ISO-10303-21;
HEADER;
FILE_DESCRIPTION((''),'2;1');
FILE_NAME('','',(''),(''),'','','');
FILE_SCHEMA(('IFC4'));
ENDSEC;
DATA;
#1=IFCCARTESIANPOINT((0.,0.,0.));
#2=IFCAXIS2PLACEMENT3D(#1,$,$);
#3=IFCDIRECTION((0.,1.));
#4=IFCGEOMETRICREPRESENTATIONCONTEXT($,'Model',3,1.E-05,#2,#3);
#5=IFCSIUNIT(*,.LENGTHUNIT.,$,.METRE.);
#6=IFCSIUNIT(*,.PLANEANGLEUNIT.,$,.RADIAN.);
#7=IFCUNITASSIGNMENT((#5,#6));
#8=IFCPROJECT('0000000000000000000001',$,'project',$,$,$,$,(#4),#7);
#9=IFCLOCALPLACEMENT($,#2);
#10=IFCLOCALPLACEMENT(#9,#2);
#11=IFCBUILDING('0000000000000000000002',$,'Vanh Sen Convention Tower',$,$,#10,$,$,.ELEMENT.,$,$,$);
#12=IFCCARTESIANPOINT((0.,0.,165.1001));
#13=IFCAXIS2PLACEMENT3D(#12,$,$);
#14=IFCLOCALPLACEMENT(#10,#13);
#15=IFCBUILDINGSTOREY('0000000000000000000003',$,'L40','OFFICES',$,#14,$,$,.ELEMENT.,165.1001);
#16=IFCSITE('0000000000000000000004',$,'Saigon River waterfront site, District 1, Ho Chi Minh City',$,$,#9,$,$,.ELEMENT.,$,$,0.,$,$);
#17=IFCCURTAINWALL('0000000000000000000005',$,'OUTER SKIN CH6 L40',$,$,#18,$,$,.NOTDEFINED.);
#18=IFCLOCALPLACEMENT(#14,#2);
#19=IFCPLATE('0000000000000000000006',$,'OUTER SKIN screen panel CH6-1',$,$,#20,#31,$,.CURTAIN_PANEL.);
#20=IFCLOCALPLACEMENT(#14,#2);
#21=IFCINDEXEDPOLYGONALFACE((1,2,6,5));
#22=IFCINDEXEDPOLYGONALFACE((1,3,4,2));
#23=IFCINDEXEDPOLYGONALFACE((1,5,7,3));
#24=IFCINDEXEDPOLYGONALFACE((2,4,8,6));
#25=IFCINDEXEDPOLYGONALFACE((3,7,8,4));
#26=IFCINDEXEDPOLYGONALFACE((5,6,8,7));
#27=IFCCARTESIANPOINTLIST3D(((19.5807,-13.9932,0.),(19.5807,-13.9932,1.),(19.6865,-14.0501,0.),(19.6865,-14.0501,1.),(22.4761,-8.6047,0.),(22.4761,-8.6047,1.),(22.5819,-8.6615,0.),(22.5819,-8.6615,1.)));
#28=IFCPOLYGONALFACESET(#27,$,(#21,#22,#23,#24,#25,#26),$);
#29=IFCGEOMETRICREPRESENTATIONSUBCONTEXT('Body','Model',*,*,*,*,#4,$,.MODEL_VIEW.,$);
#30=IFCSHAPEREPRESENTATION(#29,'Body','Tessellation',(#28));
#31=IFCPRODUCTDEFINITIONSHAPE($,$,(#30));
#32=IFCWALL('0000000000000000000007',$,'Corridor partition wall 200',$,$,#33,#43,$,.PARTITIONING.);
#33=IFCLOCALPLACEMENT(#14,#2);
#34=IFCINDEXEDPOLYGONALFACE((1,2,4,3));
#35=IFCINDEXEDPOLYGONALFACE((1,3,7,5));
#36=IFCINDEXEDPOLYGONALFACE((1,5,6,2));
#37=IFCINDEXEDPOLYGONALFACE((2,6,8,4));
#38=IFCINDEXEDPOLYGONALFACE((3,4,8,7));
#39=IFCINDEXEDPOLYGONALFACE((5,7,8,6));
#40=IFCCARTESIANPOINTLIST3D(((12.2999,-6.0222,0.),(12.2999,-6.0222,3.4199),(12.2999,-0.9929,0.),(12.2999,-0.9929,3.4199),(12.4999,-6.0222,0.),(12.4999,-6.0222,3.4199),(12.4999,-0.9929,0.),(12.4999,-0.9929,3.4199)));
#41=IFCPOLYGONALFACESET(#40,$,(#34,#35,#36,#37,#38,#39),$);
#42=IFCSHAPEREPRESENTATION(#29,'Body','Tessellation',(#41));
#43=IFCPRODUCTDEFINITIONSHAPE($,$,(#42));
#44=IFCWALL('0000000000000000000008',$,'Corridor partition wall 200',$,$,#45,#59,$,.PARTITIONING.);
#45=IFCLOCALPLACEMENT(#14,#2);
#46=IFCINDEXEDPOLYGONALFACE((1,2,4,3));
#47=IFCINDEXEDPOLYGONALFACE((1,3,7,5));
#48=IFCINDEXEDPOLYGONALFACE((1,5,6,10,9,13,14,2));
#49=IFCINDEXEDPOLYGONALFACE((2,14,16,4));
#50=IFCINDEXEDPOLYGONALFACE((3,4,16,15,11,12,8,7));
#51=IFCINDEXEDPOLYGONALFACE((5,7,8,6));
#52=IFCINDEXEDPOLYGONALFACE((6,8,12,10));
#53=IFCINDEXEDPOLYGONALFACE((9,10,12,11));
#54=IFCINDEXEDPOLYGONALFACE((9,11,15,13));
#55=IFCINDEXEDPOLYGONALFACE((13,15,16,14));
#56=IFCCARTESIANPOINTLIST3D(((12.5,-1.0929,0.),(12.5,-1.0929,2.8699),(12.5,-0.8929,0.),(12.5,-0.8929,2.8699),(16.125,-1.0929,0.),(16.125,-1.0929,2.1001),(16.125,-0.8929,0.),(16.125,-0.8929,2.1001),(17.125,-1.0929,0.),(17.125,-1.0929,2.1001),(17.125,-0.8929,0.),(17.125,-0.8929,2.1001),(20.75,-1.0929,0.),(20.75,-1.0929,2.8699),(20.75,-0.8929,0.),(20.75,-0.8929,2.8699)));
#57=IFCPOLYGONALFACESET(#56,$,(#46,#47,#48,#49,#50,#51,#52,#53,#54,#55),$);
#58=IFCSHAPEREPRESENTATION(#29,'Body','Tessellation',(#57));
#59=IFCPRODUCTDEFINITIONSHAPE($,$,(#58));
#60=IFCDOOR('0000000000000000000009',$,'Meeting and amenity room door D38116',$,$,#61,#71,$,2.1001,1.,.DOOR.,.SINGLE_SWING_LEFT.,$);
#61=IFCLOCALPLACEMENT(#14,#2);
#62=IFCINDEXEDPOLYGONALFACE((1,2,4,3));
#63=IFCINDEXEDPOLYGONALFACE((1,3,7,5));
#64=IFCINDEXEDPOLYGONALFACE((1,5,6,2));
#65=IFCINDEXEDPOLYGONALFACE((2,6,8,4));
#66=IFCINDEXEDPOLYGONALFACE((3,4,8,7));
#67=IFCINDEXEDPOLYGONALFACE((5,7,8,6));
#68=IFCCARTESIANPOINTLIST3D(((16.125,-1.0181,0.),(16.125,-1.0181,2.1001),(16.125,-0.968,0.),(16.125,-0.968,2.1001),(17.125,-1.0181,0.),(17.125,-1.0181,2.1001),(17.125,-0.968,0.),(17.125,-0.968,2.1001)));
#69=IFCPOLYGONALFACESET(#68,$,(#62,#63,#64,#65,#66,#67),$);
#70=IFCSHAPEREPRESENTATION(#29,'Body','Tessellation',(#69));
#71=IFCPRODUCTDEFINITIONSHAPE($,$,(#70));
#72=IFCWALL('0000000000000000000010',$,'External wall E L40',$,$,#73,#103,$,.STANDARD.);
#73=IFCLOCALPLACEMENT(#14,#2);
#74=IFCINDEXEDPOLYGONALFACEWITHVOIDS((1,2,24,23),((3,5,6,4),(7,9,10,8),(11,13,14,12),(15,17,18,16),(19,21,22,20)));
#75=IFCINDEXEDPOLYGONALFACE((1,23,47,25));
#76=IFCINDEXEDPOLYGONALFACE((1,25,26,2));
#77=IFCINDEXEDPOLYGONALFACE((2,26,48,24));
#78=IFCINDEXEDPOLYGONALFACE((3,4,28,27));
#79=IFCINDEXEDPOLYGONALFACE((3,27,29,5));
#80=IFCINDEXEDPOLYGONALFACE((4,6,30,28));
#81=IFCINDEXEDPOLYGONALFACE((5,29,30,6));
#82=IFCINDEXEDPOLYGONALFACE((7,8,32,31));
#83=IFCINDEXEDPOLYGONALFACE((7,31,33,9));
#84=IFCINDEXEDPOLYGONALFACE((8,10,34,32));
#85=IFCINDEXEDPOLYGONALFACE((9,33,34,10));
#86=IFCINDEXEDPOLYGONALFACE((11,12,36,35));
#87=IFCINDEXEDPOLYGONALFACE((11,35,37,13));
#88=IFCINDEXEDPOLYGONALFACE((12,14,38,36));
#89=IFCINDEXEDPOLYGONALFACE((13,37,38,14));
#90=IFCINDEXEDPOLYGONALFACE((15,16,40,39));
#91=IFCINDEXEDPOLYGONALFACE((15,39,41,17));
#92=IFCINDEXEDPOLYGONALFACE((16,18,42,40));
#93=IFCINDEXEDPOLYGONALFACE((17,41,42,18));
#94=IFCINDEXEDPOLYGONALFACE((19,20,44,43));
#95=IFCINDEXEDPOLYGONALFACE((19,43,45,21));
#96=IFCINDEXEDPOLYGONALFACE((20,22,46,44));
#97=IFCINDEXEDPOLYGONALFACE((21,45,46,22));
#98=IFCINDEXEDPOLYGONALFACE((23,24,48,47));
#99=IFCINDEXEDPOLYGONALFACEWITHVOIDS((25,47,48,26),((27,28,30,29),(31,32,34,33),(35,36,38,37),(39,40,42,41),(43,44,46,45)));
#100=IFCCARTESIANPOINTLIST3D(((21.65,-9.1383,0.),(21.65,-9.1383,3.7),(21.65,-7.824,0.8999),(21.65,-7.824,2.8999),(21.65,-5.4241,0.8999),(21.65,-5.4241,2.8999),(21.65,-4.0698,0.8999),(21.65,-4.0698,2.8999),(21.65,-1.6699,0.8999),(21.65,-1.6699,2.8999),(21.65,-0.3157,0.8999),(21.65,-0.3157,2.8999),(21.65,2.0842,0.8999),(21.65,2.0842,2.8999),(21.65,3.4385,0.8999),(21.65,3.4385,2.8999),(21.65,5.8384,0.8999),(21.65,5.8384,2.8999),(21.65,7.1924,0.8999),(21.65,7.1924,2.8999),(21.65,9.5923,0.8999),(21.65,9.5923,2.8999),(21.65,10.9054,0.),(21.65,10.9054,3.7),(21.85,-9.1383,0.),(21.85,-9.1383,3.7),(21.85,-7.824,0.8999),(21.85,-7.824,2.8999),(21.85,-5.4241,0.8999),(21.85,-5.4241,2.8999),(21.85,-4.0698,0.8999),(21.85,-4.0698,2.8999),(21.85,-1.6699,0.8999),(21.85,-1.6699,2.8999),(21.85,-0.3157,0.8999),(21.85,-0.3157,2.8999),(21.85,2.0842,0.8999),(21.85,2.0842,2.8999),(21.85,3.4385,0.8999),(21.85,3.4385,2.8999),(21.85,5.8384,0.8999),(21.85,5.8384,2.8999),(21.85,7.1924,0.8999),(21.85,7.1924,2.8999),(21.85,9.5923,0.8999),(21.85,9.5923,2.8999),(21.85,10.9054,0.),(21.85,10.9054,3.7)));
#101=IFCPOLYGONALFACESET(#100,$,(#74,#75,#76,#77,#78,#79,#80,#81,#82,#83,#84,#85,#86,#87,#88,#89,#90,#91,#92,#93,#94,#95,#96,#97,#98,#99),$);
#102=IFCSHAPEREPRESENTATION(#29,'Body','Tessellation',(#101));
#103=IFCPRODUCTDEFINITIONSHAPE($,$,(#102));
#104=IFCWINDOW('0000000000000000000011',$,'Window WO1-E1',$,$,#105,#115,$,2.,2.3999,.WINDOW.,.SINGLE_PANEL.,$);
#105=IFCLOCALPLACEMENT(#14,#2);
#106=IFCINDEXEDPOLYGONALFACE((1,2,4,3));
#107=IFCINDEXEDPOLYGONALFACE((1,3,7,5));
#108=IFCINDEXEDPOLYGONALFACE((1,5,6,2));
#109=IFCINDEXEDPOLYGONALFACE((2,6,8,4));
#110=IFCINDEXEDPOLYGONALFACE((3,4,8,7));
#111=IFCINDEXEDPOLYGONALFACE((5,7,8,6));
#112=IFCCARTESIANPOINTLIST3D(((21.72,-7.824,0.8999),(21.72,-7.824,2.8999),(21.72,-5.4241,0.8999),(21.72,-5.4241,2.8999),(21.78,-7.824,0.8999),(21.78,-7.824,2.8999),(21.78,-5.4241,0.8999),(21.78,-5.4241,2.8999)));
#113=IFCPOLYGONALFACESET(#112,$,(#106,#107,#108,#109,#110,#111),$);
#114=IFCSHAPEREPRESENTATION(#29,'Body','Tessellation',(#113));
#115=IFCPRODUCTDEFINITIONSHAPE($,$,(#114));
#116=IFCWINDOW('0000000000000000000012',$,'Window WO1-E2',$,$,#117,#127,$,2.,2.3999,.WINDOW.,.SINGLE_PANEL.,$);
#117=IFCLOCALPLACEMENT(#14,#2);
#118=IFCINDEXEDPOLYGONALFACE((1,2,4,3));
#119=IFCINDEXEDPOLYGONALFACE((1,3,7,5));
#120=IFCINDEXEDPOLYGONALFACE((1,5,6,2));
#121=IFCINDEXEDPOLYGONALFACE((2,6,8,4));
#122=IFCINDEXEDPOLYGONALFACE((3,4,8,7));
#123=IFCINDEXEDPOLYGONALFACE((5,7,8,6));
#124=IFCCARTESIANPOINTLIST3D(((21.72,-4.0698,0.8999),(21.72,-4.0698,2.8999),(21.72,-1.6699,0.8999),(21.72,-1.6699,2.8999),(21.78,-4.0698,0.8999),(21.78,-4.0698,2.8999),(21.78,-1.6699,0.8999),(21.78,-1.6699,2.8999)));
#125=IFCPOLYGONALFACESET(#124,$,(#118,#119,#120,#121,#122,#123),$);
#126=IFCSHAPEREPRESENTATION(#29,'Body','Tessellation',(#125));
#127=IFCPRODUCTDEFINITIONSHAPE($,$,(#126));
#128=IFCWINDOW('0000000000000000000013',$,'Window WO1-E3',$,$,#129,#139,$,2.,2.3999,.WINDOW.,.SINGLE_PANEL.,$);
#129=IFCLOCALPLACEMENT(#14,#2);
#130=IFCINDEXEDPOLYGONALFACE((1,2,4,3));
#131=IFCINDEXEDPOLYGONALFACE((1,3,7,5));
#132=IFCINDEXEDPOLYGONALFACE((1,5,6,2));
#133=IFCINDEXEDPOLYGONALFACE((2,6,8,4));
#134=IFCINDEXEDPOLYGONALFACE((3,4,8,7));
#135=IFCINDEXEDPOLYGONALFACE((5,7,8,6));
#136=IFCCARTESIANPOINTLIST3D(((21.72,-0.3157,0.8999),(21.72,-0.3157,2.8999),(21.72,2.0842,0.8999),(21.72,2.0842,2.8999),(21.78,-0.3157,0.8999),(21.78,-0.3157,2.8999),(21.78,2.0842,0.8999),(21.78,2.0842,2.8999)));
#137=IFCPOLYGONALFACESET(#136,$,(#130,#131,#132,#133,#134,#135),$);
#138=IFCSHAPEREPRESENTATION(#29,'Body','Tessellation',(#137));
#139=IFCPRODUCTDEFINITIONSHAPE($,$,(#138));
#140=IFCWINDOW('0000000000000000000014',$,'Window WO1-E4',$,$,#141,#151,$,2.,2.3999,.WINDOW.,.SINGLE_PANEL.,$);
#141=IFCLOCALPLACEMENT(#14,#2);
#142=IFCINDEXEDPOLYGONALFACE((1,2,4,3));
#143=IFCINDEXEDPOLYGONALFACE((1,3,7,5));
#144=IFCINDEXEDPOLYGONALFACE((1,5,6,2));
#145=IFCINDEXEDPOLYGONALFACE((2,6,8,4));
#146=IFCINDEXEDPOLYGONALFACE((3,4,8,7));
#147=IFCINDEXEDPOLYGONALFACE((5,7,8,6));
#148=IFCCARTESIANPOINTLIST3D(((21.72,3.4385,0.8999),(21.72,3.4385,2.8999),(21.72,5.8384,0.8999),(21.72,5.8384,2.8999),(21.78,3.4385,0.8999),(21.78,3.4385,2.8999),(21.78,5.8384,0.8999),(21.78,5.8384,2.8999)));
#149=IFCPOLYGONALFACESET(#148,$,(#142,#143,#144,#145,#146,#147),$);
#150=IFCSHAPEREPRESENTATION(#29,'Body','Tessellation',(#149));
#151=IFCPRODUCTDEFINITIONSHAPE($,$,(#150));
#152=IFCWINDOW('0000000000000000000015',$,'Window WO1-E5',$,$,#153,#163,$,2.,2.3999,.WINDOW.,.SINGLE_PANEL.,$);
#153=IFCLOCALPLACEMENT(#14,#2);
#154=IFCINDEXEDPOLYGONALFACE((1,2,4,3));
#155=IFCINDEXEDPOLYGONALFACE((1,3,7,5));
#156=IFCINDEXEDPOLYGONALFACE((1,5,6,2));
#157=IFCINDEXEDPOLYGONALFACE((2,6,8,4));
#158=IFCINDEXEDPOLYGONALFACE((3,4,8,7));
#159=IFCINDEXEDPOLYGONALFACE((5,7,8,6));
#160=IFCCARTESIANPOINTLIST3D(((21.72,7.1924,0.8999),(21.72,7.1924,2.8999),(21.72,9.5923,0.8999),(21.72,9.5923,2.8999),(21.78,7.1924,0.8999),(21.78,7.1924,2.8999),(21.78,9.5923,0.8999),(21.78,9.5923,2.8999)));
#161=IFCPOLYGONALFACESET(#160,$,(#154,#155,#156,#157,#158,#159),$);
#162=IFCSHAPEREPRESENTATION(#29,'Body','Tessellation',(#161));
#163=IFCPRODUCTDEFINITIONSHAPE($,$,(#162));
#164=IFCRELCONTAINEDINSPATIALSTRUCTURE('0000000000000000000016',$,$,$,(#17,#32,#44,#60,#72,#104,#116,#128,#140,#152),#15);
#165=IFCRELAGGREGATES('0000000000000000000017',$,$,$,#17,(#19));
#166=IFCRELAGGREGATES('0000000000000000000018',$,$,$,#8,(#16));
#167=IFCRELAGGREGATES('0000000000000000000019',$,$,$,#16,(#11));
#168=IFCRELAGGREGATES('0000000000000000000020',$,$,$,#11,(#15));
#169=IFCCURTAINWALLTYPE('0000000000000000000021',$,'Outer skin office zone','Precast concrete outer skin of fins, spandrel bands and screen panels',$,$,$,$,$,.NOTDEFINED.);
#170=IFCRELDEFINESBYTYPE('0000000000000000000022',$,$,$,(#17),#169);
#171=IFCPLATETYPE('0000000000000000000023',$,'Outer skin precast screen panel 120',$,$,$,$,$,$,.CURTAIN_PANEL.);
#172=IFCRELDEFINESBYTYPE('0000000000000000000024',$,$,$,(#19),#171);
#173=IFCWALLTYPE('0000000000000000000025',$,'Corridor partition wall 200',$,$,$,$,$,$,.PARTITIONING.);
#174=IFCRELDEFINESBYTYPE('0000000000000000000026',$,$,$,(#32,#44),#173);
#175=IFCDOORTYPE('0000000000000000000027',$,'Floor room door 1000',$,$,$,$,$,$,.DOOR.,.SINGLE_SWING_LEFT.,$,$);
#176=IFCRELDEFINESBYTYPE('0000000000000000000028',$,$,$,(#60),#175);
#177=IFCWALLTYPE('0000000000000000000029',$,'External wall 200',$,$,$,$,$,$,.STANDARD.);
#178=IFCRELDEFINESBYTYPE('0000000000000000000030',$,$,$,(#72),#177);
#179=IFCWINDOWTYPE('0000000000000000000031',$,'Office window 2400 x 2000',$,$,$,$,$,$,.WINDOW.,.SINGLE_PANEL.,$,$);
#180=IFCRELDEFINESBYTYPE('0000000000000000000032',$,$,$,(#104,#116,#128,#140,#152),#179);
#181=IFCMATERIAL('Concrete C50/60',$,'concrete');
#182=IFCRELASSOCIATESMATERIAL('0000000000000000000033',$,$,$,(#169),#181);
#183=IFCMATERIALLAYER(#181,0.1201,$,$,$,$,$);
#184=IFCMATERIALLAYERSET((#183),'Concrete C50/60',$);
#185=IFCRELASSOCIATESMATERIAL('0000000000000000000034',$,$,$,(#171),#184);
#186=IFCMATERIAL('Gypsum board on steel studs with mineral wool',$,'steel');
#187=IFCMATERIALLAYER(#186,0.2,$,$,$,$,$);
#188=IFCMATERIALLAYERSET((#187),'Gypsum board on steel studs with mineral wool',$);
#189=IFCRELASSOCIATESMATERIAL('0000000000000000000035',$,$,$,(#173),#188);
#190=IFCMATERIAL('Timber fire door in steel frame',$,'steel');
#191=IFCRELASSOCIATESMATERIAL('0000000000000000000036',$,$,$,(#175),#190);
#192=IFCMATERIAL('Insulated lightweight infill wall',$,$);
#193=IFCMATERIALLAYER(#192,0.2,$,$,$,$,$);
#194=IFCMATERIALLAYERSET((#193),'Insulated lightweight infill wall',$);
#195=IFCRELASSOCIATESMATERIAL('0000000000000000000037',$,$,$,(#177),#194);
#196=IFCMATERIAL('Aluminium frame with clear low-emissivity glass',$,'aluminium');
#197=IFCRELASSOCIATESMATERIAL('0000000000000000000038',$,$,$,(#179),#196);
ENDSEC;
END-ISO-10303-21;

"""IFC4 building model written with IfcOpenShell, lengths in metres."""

from ifc_helpers import new_model, si_unit, direction, frame, frame_2d, origin, origin_2d, place, context, subcontext, project, spatial, rectangle, extrude, material, layer, layer_set, type_object, element, fill, aggregate, save


model = new_model("IFC4")

# Units and contexts
model_context = context("Model", 3, precision=1e-05, world=origin(), true_north=direction((0.0, 1.0)))
body_context = subcontext(model_context, "Body", "Model", "MODEL_VIEW")
ifc_project = project(units=[si_unit("LENGTHUNIT", "METRE"), si_unit("PLANEANGLEUNIT", "RADIAN")], contexts=[model_context])

# Site, building, storey
site_placement = place(None, origin())
site = spatial("IfcSite", under=ifc_project, at=site_placement, Name="Saigon River waterfront site, District 1, Ho Chi Minh City", CompositionType="ELEMENT", RefElevation=0.0)
building_placement = place(site_placement, origin())
building = spatial("IfcBuilding", under=site, at=building_placement, Name="Vanh Sen Convention Tower", CompositionType="ELEMENT")
storey_placement = place(building_placement, frame((0.0, 0.0, 165.1001)))
storey = spatial("IfcBuildingStorey", under=building, at=storey_placement, Name="L40", Description="OFFICES", CompositionType="ELEMENT", Elevation=165.1001)

# Shared definitions
ifc_material_1 = material(Name="Concrete C50/60", Category="concrete")
curtain_wall_type = type_object("IfcCurtainWallType", Name="Outer skin office zone", Description="Precast concrete outer skin of fins, spandrel bands and screen panels", PredefinedType="NOTDEFINED", material=ifc_material_1)

# Shared definitions
ifc_layer_1 = layer(ifc_material_1, 0.1201)
ifc_layer_set_1 = layer_set([ifc_layer_1], Name="Concrete C50/60")
plate_type = type_object("IfcPlateType", Name="Outer skin precast screen panel 120", PredefinedType="CURTAIN_PANEL", material=ifc_layer_set_1)

# Curtain wall, plate
curtain_wall_1_placement = place(storey_placement, origin())
curtain_wall_1 = element("IfcCurtainWall", 1, at=curtain_wall_1_placement, inside=storey, type_object=curtain_wall_type, Name="OUTER SKIN CH6 L40", PredefinedType="NOTDEFINED")
plate_1_placement = place(storey_placement, frame((21.0813, -11.3274, 0.0), z_axis=(0.0, 0.0, 1.0), x_axis=(0.473321, 0.88089, 0.0)))
plate_1 = element("IfcPlate", 2, at=plate_1_placement, type_object=plate_type, Name="OUTER SKIN screen panel CH6-1", PredefinedType="CURTAIN_PANEL", context=body_context, shape_type="SweptSolid", body=[
    extrude(rectangle(XDim=6.1172, YDim=0.1201, at=origin_2d()), origin(), (0.0, 0.0, 1.0), 1.0),
])
aggregate(curtain_wall_1, [plate_1])

# Wall
ifc_material_2 = material(Name="Gypsum board on steel studs with mineral wool", Category="steel")
ifc_layer_2 = layer(ifc_material_2, 0.2)
ifc_layer_set_2 = layer_set([ifc_layer_2], Name="Gypsum board on steel studs with mineral wool")
wall_type_1 = type_object("IfcWallType", Name="Corridor partition wall 200", PredefinedType="PARTITIONING", material=ifc_layer_set_2)
wall_1_placement = place(storey_placement, frame((12.3999, -6.0222, 0.0), z_axis=(0.0, 0.0, 1.0), x_axis=(0.0, 1.0, 0.0)))
element("IfcWall", 3, at=wall_1_placement, inside=storey, type_object=wall_type_1, Name="Corridor partition wall 200", PredefinedType="PARTITIONING", context=body_context, shape_type="SweptSolid", body=[
    extrude(rectangle(XDim=5.0293, YDim=0.2, at=frame_2d((2.5146, 0.0))), origin(), (0.0, 0.0, 1.0), 3.4199),
])

# Wall, opening, door
wall_2_placement = place(storey_placement, frame((12.5, -0.9929, 0.0), z_axis=(0.0, 0.0, 1.0), x_axis=(1.0, 0.0, 0.0)))
wall_2 = element("IfcWall", 4, at=wall_2_placement, inside=storey, type_object=wall_type_1, Name="Corridor partition wall 200", PredefinedType="PARTITIONING", context=body_context, shape_type="SweptSolid", body=[
    extrude(rectangle(XDim=8.25, YDim=0.2, at=frame_2d((4.125, 0.0))), origin(), (0.0, 0.0, 1.0), 2.8699),
])
opening_1_placement = place(wall_2_placement, frame((3.625, 0.0, 0.0)))
opening_1 = element("IfcOpeningElement", 5, at=opening_1_placement, cuts=wall_2, PredefinedType="OPENING", context=body_context, shape_type="SweptSolid", body=[
    extrude(rectangle(XDim=1.0, YDim=2.1001, at=frame_2d((0.5, 1.05))), frame((0.0, 0.1099, 0.0), z_axis=(0.0, -1.0, 0.0), x_axis=(1.0, 0.0, 0.0)), (0.0, 0.0, 1.0), 0.22),
])
ifc_material_3 = material(Name="Timber fire door in steel frame", Category="steel")
door_type = type_object("IfcDoorType", Name="Floor room door 1000", OperationType="SINGLE_SWING_LEFT", PredefinedType="DOOR", material=ifc_material_3)
door_placement = place(opening_1_placement, origin())
door = element("IfcDoor", 6, at=door_placement, inside=storey, type_object=door_type, Name="Meeting and amenity room door D38116", OperationType="SINGLE_SWING_LEFT", OverallHeight=2.1001, OverallWidth=1.0, PredefinedType="DOOR", context=body_context, shape_type="SweptSolid", body=[
    extrude(rectangle(XDim=1.0, YDim=2.1001, at=frame_2d((0.5, 1.05))), frame((0.0, 0.0249, 0.0), z_axis=(0.0, -1.0, 0.0), x_axis=(1.0, 0.0, 0.0)), (0.0, 0.0, 1.0), 0.05),
])
fill(opening_1, door)

# Wall, openings, windows
ifc_material_4 = material(Name="Insulated lightweight infill wall")
ifc_layer_3 = layer(ifc_material_4, 0.2)
ifc_layer_set_3 = layer_set([ifc_layer_3], Name="Insulated lightweight infill wall")
wall_type_2 = type_object("IfcWallType", Name="External wall 200", PredefinedType="STANDARD", material=ifc_layer_set_3)
wall_3_placement = place(storey_placement, frame((21.75, -9.1384, 0.0), z_axis=(0.0, 0.0, 1.0), x_axis=(0.0, 1.0, 0.0)))
wall_3 = element("IfcWall", 7, at=wall_3_placement, inside=storey, type_object=wall_type_2, Name="External wall E L40", PredefinedType="STANDARD", context=body_context, shape_type="SweptSolid", body=[
    extrude(rectangle(XDim=20.0437, YDim=0.2, at=frame_2d((10.022, 0.0))), origin(), (0.0, 0.0, 1.0), 3.7),
])
opening_2_placement = place(wall_3_placement, frame((1.3145, 0.0, 0.8999)))
opening_2 = element("IfcOpeningElement", 8, at=opening_2_placement, cuts=wall_3, PredefinedType="OPENING", context=body_context, shape_type="SweptSolid", body=[
    extrude(rectangle(XDim=2.3999, YDim=2.0, at=frame_2d((1.2, 1.0))), frame((0.0, 0.1099, 0.0), z_axis=(0.0, -1.0, 0.0), x_axis=(1.0, 0.0, 0.0)), (0.0, 0.0, 1.0), 0.22),
])
opening_3_placement = place(wall_3_placement, frame((5.0686, 0.0, 0.8999)))
opening_3 = element("IfcOpeningElement", 9, at=opening_3_placement, cuts=wall_3, PredefinedType="OPENING", context=body_context, shape_type="SweptSolid", body=[
    extrude(rectangle(XDim=2.3999, YDim=2.0, at=frame_2d((1.2, 1.0))), frame((0.0, 0.1099, 0.0), z_axis=(0.0, -1.0, 0.0), x_axis=(1.0, 0.0, 0.0)), (0.0, 0.0, 1.0), 0.22),
])
opening_4_placement = place(wall_3_placement, frame((8.8228, 0.0, 0.8999)))
opening_4 = element("IfcOpeningElement", 10, at=opening_4_placement, cuts=wall_3, PredefinedType="OPENING", context=body_context, shape_type="SweptSolid", body=[
    extrude(rectangle(XDim=2.3999, YDim=2.0, at=frame_2d((1.2, 1.0))), frame((0.0, 0.1099, 0.0), z_axis=(0.0, -1.0, 0.0), x_axis=(1.0, 0.0, 0.0)), (0.0, 0.0, 1.0), 0.22),
])
opening_5_placement = place(wall_3_placement, frame((12.5769, 0.0, 0.8999)))
opening_5 = element("IfcOpeningElement", 11, at=opening_5_placement, cuts=wall_3, PredefinedType="OPENING", context=body_context, shape_type="SweptSolid", body=[
    extrude(rectangle(XDim=2.3999, YDim=2.0, at=frame_2d((1.2, 1.0))), frame((0.0, 0.1099, 0.0), z_axis=(0.0, -1.0, 0.0), x_axis=(1.0, 0.0, 0.0)), (0.0, 0.0, 1.0), 0.22),
])
opening_6_placement = place(wall_3_placement, frame((16.3308, 0.0, 0.8999)))
opening_6 = element("IfcOpeningElement", 12, at=opening_6_placement, cuts=wall_3, PredefinedType="OPENING", context=body_context, shape_type="SweptSolid", body=[
    extrude(rectangle(XDim=2.3999, YDim=2.0, at=frame_2d((1.2, 1.0))), frame((0.0, 0.1099, 0.0), z_axis=(0.0, -1.0, 0.0), x_axis=(1.0, 0.0, 0.0)), (0.0, 0.0, 1.0), 0.22),
])
ifc_material_5 = material(Name="Aluminium frame with clear low-emissivity glass", Category="aluminium")
window_type = type_object("IfcWindowType", Name="Office window 2400 x 2000", PartitioningType="SINGLE_PANEL", PredefinedType="WINDOW", material=ifc_material_5)
window_1_placement = place(opening_2_placement, origin())
window_1 = element("IfcWindow", 13, at=window_1_placement, inside=storey, type_object=window_type, Name="Window WO1-E1", OverallHeight=2.0, OverallWidth=2.3999, PartitioningType="SINGLE_PANEL", PredefinedType="WINDOW", context=body_context, shape_type="SweptSolid", body=[
    extrude(rectangle(XDim=2.3999, YDim=2.0, at=frame_2d((1.2, 1.0))), frame((0.0, 0.03, 0.0), z_axis=(0.0, -1.0, 0.0), x_axis=(1.0, 0.0, 0.0)), (0.0, 0.0, 1.0), 0.0601),
])
fill(opening_2, window_1)
window_2_placement = place(opening_3_placement, origin())
window_2 = element("IfcWindow", 14, at=window_2_placement, inside=storey, type_object=window_type, Name="Window WO1-E2", OverallHeight=2.0, OverallWidth=2.3999, PartitioningType="SINGLE_PANEL", PredefinedType="WINDOW", context=body_context, shape_type="SweptSolid", body=[
    extrude(rectangle(XDim=2.3999, YDim=2.0, at=frame_2d((1.2, 1.0))), frame((0.0, 0.03, 0.0), z_axis=(0.0, -1.0, 0.0), x_axis=(1.0, 0.0, 0.0)), (0.0, 0.0, 1.0), 0.0601),
])
fill(opening_3, window_2)
window_3_placement = place(opening_4_placement, origin())
window_3 = element("IfcWindow", 15, at=window_3_placement, inside=storey, type_object=window_type, Name="Window WO1-E3", OverallHeight=2.0, OverallWidth=2.3999, PartitioningType="SINGLE_PANEL", PredefinedType="WINDOW", context=body_context, shape_type="SweptSolid", body=[
    extrude(rectangle(XDim=2.3999, YDim=2.0, at=frame_2d((1.2, 1.0))), frame((0.0, 0.03, 0.0), z_axis=(0.0, -1.0, 0.0), x_axis=(1.0, 0.0, 0.0)), (0.0, 0.0, 1.0), 0.0601),
])
fill(opening_4, window_3)
window_4_placement = place(opening_5_placement, origin())
window_4 = element("IfcWindow", 16, at=window_4_placement, inside=storey, type_object=window_type, Name="Window WO1-E4", OverallHeight=2.0, OverallWidth=2.3999, PartitioningType="SINGLE_PANEL", PredefinedType="WINDOW", context=body_context, shape_type="SweptSolid", body=[
    extrude(rectangle(XDim=2.3999, YDim=2.0, at=frame_2d((1.2, 1.0))), frame((0.0, 0.03, 0.0), z_axis=(0.0, -1.0, 0.0), x_axis=(1.0, 0.0, 0.0)), (0.0, 0.0, 1.0), 0.0601),
])
fill(opening_5, window_4)
window_5_placement = place(opening_6_placement, origin())
window_5 = element("IfcWindow", 17, at=window_5_placement, inside=storey, type_object=window_type, Name="Window WO1-E5", OverallHeight=2.0, OverallWidth=2.3999, PartitioningType="SINGLE_PANEL", PredefinedType="WINDOW", context=body_context, shape_type="SweptSolid", body=[
    extrude(rectangle(XDim=2.3999, YDim=2.0, at=frame_2d((1.2, 1.0))), frame((0.0, 0.03, 0.0), z_axis=(0.0, -1.0, 0.0), x_axis=(1.0, 0.0, 0.0)), (0.0, 0.0, 1.0), 0.0601),
])
fill(opening_6, window_5)

save(model, "model.ifc")
